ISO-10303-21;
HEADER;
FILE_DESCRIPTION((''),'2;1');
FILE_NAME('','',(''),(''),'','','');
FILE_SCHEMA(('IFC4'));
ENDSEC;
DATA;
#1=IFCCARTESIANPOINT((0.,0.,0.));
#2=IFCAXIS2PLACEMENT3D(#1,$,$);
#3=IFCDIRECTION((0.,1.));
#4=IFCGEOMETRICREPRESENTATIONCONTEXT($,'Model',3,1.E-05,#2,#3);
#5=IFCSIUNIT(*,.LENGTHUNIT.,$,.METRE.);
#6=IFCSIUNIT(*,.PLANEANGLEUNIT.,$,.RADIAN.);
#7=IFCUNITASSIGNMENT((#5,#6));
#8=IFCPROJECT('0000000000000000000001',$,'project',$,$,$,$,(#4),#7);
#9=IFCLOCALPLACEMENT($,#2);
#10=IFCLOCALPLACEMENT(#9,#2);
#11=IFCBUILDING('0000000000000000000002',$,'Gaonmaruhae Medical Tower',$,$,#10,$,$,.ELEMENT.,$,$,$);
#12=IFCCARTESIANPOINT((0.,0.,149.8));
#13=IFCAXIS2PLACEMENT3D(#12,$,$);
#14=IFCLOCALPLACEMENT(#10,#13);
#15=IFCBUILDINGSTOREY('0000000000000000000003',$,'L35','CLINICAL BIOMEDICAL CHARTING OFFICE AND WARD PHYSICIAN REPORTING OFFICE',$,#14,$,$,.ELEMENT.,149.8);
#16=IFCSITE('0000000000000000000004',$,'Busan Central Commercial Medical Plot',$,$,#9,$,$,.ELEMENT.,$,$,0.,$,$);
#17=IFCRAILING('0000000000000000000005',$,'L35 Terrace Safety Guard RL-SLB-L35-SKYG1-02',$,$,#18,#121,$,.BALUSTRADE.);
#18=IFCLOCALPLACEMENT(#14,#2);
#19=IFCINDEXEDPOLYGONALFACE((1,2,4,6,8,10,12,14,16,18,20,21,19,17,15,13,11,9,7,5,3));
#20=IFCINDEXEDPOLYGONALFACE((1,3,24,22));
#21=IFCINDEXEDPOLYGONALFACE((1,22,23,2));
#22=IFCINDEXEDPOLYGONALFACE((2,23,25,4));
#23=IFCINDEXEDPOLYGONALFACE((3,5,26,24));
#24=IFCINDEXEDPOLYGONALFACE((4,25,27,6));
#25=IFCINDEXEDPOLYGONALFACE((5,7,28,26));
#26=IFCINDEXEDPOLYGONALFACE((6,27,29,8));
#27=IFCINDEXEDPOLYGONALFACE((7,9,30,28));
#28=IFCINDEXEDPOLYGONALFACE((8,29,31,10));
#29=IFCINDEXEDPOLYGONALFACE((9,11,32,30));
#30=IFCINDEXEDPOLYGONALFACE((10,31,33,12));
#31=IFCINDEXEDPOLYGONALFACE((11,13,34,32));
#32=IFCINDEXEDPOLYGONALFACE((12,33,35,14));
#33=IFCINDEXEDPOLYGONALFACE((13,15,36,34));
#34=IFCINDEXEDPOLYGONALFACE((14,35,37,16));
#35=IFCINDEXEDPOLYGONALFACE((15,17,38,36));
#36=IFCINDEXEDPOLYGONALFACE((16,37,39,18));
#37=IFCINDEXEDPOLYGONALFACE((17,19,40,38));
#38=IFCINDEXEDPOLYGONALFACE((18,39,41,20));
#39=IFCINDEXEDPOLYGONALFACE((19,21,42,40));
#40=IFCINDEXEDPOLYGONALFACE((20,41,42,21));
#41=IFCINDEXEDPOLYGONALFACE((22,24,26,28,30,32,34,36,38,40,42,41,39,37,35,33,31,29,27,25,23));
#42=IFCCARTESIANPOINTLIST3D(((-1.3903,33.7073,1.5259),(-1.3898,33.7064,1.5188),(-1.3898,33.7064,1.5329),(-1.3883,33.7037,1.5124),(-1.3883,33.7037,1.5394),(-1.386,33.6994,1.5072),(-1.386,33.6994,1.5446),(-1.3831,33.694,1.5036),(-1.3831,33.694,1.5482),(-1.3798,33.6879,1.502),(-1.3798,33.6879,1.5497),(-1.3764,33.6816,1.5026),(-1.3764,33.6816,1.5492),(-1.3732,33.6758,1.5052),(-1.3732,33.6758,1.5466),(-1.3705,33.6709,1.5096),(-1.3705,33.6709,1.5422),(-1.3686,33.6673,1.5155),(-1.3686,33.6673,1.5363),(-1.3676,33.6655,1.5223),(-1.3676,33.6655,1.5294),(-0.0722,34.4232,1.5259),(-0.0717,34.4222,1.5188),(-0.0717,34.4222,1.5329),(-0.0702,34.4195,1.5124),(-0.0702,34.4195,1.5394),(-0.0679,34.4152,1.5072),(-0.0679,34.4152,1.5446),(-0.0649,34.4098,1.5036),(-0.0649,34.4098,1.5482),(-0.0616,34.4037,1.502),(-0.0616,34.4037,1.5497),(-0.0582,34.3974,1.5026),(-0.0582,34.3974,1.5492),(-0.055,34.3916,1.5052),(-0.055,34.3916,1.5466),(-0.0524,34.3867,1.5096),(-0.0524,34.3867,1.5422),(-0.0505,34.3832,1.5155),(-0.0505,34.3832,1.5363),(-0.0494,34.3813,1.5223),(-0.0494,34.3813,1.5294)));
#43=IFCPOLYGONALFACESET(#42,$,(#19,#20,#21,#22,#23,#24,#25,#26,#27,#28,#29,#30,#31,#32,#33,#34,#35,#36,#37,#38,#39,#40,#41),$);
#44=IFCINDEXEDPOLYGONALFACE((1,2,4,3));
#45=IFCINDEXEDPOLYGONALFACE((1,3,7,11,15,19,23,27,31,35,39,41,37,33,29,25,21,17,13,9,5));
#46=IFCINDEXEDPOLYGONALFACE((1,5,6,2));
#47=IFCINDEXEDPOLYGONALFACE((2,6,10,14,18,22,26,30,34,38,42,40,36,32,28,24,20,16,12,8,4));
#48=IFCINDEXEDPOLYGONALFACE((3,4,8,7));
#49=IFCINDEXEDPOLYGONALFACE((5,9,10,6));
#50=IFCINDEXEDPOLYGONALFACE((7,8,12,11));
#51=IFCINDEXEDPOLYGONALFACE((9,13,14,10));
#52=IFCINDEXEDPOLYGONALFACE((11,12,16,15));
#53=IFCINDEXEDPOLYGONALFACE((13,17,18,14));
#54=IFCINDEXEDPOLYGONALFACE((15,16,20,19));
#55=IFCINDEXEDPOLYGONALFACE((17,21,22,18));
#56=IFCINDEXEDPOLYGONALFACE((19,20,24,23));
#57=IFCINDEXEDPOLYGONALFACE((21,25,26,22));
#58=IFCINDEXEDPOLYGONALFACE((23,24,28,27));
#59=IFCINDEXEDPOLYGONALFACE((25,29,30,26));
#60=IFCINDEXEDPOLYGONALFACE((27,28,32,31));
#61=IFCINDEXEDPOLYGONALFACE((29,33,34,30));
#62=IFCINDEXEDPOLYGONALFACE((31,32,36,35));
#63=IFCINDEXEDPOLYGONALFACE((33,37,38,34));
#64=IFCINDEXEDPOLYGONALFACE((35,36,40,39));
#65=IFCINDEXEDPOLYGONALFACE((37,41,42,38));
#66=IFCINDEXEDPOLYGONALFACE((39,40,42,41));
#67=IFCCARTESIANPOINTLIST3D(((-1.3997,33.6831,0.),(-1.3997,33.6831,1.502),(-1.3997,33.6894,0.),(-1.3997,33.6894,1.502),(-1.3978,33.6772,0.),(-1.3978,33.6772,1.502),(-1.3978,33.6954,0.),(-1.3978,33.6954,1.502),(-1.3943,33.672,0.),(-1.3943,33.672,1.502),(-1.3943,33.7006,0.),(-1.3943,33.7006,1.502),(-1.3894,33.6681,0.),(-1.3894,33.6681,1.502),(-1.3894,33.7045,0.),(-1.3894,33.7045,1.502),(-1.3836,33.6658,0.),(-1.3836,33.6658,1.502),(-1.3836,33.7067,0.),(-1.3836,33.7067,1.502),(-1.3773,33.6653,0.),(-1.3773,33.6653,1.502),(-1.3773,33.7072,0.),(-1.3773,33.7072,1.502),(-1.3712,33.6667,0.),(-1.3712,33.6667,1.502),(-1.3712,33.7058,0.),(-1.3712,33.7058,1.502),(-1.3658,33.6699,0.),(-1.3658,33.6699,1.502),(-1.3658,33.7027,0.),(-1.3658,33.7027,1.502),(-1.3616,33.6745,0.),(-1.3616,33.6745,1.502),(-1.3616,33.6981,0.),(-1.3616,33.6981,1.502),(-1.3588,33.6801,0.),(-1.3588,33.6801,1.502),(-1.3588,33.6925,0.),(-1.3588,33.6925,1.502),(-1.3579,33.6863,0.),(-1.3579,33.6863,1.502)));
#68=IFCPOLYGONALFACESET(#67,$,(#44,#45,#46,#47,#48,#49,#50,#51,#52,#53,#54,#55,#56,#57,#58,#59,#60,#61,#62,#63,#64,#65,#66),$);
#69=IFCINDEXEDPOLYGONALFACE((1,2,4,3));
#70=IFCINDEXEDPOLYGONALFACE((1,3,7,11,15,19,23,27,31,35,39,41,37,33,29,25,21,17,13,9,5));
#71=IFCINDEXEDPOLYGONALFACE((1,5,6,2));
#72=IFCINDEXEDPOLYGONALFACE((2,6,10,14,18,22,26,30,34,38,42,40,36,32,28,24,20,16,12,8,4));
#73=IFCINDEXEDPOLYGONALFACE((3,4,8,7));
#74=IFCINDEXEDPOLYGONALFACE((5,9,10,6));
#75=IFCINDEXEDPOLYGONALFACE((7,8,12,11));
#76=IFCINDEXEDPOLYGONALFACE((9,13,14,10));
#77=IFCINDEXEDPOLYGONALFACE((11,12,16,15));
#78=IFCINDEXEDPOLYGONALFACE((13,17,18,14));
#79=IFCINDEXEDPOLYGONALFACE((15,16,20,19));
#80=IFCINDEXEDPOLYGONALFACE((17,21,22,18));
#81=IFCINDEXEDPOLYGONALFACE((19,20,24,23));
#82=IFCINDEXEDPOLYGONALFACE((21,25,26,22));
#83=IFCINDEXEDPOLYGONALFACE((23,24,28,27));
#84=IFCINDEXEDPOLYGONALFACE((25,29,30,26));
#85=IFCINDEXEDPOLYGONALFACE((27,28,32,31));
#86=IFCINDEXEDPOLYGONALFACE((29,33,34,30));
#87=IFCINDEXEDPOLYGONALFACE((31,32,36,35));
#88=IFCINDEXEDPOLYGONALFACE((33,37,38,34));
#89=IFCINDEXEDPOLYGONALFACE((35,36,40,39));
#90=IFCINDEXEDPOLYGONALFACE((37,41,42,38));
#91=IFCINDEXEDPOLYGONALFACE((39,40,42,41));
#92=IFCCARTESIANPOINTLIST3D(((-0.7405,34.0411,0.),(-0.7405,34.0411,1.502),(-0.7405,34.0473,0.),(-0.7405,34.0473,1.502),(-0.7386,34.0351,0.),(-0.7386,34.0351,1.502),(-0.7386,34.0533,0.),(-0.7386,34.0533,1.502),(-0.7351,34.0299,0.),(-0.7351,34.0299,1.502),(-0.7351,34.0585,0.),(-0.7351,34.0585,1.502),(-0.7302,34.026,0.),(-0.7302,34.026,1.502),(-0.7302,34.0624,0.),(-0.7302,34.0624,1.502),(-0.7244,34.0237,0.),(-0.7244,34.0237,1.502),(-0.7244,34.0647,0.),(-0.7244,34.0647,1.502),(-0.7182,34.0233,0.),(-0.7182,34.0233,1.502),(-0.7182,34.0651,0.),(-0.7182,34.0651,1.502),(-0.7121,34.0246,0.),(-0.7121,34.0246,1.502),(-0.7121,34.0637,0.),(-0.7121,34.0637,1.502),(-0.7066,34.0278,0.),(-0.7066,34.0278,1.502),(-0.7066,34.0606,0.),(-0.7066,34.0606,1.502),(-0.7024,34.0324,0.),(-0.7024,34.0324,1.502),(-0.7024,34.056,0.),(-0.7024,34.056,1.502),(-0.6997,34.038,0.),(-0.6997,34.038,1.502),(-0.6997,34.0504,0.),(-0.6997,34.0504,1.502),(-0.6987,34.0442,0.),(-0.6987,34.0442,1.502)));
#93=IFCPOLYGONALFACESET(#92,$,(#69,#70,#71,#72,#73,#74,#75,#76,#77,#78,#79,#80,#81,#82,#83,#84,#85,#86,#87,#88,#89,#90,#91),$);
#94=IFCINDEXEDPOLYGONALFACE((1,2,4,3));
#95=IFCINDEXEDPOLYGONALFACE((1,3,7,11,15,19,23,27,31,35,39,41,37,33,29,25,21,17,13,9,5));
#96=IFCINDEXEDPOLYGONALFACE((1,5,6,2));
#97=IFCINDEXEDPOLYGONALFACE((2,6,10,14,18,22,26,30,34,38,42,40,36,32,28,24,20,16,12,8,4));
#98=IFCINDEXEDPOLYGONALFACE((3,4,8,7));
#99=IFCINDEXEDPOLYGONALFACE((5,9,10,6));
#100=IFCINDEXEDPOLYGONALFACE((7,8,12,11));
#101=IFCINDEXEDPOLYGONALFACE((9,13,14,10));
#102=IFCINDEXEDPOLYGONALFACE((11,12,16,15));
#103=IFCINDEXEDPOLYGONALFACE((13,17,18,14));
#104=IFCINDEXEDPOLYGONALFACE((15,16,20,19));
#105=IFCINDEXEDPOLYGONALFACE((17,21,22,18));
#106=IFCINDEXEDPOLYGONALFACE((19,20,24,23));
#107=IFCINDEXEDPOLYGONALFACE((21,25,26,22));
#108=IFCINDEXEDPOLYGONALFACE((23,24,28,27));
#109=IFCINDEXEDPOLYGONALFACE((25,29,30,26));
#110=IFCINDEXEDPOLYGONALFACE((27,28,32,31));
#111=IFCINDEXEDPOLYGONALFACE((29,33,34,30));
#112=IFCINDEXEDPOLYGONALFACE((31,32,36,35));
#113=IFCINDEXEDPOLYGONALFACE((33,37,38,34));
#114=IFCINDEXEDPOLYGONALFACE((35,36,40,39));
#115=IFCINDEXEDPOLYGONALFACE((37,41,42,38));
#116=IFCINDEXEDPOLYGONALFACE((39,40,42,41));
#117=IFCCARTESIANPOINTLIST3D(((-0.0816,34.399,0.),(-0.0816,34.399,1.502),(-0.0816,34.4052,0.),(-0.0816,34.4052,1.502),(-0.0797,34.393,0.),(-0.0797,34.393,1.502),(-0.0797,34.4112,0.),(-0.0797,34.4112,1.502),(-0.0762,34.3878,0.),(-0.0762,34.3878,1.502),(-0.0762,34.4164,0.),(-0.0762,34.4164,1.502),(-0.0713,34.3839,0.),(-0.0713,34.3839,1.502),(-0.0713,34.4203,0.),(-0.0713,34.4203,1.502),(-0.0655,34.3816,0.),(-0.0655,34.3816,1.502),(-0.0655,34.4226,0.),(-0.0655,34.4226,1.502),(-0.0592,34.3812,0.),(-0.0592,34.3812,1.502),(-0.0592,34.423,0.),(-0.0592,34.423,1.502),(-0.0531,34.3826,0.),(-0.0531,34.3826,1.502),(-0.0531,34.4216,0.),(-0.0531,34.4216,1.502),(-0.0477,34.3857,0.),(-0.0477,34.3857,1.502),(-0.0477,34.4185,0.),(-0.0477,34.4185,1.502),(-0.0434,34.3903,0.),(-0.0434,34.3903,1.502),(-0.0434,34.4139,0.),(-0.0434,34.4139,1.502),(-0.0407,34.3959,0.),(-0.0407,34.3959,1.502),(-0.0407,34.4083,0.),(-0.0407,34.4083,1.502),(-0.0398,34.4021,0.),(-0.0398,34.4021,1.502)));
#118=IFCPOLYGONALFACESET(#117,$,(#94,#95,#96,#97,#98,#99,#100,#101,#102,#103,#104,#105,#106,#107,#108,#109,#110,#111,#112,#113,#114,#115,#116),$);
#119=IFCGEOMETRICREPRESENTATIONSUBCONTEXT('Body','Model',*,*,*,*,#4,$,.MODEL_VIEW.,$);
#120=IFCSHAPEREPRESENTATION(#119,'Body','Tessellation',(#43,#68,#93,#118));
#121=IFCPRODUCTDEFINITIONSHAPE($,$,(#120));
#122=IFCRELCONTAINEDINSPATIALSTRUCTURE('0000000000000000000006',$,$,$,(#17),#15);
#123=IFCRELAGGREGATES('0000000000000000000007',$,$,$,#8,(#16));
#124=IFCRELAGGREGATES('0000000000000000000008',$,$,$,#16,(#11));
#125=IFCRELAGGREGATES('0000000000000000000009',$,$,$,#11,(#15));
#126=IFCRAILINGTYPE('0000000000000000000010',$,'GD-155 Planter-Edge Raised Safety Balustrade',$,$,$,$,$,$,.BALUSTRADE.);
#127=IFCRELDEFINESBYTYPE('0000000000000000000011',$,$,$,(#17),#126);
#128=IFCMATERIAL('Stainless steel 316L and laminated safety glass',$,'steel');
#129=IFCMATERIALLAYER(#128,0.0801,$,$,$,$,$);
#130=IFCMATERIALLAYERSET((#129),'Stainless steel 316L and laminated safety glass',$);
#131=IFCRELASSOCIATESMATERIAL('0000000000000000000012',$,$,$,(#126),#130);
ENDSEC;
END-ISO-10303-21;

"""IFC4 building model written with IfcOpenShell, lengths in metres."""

from ifc_helpers import new_model, si_unit, direction, frame, origin, origin_2d, place, context, subcontext, project, spatial, circle, extrude, material, layer, layer_set, type_object, element, save


model = new_model("IFC4")

# Units and contexts
model_context = context("Model", 3, precision=1e-05, world=origin(), true_north=direction((0.0, 1.0)))
body_context = subcontext(model_context, "Body", "Model", "MODEL_VIEW")
ifc_project = project(units=[si_unit("LENGTHUNIT", "METRE"), si_unit("PLANEANGLEUNIT", "RADIAN")], contexts=[model_context])

# Site, building, storey
site_placement = place(None, origin())
site = spatial("IfcSite", under=ifc_project, at=site_placement, Name="Busan Central Commercial Medical Plot", CompositionType="ELEMENT", RefElevation=0.0)
building_placement = place(site_placement, origin())
building = spatial("IfcBuilding", under=site, at=building_placement, Name="Gaonmaruhae Medical Tower", CompositionType="ELEMENT")
storey_placement = place(building_placement, frame((0.0, 0.0, 149.8)))
storey = spatial("IfcBuildingStorey", under=building, at=storey_placement, Name="L35", Description="CLINICAL BIOMEDICAL CHARTING OFFICE AND WARD PHYSICIAN REPORTING OFFICE", CompositionType="ELEMENT", Elevation=149.8)

# Railing
ifc_material_1 = material(Name="Stainless steel 316L and laminated safety glass", Category="steel")
ifc_layer_1 = layer(ifc_material_1, 0.0801)
ifc_layer_set_1 = layer_set([ifc_layer_1], Name="Stainless steel 316L and laminated safety glass")
railing_type = type_object("IfcRailingType", Name="GD-155 Planter-Edge Raised Safety Balustrade", PredefinedType="BALUSTRADE", material=ifc_layer_set_1)
railing_1_placement = place(storey_placement, frame((-1.3789, 33.6863, 0.0)))
element("IfcRailing", 1, at=railing_1_placement, inside=storey, type_object=railing_type, Name="L35 Terrace Safety Guard RL-SLB-L35-SKYG1-02", PredefinedType="BALUSTRADE", context=body_context, shape_type="SweptSolid", body=[
    extrude(circle(Radius=0.0239, at=origin_2d()), frame((0.0, 0.0, 1.5259), z_axis=(0.878777, 0.477232, 0.0), x_axis=(-0.477232, 0.878777, 0.0)), (0.0, 0.0, 1.0), 1.5),
    extrude(circle(Radius=0.021, at=origin_2d()), origin(), (0.0, 0.0, 1.0), 1.502),
    extrude(circle(Radius=0.021, at=origin_2d()), frame((0.6592, 0.3579, 0.0)), (0.0, 0.0, 1.0), 1.502),
    extrude(circle(Radius=0.021, at=origin_2d()), frame((1.3181, 0.7158, 0.0)), (0.0, 0.0, 1.0), 1.502),
])

save(model, "model.ifc")
